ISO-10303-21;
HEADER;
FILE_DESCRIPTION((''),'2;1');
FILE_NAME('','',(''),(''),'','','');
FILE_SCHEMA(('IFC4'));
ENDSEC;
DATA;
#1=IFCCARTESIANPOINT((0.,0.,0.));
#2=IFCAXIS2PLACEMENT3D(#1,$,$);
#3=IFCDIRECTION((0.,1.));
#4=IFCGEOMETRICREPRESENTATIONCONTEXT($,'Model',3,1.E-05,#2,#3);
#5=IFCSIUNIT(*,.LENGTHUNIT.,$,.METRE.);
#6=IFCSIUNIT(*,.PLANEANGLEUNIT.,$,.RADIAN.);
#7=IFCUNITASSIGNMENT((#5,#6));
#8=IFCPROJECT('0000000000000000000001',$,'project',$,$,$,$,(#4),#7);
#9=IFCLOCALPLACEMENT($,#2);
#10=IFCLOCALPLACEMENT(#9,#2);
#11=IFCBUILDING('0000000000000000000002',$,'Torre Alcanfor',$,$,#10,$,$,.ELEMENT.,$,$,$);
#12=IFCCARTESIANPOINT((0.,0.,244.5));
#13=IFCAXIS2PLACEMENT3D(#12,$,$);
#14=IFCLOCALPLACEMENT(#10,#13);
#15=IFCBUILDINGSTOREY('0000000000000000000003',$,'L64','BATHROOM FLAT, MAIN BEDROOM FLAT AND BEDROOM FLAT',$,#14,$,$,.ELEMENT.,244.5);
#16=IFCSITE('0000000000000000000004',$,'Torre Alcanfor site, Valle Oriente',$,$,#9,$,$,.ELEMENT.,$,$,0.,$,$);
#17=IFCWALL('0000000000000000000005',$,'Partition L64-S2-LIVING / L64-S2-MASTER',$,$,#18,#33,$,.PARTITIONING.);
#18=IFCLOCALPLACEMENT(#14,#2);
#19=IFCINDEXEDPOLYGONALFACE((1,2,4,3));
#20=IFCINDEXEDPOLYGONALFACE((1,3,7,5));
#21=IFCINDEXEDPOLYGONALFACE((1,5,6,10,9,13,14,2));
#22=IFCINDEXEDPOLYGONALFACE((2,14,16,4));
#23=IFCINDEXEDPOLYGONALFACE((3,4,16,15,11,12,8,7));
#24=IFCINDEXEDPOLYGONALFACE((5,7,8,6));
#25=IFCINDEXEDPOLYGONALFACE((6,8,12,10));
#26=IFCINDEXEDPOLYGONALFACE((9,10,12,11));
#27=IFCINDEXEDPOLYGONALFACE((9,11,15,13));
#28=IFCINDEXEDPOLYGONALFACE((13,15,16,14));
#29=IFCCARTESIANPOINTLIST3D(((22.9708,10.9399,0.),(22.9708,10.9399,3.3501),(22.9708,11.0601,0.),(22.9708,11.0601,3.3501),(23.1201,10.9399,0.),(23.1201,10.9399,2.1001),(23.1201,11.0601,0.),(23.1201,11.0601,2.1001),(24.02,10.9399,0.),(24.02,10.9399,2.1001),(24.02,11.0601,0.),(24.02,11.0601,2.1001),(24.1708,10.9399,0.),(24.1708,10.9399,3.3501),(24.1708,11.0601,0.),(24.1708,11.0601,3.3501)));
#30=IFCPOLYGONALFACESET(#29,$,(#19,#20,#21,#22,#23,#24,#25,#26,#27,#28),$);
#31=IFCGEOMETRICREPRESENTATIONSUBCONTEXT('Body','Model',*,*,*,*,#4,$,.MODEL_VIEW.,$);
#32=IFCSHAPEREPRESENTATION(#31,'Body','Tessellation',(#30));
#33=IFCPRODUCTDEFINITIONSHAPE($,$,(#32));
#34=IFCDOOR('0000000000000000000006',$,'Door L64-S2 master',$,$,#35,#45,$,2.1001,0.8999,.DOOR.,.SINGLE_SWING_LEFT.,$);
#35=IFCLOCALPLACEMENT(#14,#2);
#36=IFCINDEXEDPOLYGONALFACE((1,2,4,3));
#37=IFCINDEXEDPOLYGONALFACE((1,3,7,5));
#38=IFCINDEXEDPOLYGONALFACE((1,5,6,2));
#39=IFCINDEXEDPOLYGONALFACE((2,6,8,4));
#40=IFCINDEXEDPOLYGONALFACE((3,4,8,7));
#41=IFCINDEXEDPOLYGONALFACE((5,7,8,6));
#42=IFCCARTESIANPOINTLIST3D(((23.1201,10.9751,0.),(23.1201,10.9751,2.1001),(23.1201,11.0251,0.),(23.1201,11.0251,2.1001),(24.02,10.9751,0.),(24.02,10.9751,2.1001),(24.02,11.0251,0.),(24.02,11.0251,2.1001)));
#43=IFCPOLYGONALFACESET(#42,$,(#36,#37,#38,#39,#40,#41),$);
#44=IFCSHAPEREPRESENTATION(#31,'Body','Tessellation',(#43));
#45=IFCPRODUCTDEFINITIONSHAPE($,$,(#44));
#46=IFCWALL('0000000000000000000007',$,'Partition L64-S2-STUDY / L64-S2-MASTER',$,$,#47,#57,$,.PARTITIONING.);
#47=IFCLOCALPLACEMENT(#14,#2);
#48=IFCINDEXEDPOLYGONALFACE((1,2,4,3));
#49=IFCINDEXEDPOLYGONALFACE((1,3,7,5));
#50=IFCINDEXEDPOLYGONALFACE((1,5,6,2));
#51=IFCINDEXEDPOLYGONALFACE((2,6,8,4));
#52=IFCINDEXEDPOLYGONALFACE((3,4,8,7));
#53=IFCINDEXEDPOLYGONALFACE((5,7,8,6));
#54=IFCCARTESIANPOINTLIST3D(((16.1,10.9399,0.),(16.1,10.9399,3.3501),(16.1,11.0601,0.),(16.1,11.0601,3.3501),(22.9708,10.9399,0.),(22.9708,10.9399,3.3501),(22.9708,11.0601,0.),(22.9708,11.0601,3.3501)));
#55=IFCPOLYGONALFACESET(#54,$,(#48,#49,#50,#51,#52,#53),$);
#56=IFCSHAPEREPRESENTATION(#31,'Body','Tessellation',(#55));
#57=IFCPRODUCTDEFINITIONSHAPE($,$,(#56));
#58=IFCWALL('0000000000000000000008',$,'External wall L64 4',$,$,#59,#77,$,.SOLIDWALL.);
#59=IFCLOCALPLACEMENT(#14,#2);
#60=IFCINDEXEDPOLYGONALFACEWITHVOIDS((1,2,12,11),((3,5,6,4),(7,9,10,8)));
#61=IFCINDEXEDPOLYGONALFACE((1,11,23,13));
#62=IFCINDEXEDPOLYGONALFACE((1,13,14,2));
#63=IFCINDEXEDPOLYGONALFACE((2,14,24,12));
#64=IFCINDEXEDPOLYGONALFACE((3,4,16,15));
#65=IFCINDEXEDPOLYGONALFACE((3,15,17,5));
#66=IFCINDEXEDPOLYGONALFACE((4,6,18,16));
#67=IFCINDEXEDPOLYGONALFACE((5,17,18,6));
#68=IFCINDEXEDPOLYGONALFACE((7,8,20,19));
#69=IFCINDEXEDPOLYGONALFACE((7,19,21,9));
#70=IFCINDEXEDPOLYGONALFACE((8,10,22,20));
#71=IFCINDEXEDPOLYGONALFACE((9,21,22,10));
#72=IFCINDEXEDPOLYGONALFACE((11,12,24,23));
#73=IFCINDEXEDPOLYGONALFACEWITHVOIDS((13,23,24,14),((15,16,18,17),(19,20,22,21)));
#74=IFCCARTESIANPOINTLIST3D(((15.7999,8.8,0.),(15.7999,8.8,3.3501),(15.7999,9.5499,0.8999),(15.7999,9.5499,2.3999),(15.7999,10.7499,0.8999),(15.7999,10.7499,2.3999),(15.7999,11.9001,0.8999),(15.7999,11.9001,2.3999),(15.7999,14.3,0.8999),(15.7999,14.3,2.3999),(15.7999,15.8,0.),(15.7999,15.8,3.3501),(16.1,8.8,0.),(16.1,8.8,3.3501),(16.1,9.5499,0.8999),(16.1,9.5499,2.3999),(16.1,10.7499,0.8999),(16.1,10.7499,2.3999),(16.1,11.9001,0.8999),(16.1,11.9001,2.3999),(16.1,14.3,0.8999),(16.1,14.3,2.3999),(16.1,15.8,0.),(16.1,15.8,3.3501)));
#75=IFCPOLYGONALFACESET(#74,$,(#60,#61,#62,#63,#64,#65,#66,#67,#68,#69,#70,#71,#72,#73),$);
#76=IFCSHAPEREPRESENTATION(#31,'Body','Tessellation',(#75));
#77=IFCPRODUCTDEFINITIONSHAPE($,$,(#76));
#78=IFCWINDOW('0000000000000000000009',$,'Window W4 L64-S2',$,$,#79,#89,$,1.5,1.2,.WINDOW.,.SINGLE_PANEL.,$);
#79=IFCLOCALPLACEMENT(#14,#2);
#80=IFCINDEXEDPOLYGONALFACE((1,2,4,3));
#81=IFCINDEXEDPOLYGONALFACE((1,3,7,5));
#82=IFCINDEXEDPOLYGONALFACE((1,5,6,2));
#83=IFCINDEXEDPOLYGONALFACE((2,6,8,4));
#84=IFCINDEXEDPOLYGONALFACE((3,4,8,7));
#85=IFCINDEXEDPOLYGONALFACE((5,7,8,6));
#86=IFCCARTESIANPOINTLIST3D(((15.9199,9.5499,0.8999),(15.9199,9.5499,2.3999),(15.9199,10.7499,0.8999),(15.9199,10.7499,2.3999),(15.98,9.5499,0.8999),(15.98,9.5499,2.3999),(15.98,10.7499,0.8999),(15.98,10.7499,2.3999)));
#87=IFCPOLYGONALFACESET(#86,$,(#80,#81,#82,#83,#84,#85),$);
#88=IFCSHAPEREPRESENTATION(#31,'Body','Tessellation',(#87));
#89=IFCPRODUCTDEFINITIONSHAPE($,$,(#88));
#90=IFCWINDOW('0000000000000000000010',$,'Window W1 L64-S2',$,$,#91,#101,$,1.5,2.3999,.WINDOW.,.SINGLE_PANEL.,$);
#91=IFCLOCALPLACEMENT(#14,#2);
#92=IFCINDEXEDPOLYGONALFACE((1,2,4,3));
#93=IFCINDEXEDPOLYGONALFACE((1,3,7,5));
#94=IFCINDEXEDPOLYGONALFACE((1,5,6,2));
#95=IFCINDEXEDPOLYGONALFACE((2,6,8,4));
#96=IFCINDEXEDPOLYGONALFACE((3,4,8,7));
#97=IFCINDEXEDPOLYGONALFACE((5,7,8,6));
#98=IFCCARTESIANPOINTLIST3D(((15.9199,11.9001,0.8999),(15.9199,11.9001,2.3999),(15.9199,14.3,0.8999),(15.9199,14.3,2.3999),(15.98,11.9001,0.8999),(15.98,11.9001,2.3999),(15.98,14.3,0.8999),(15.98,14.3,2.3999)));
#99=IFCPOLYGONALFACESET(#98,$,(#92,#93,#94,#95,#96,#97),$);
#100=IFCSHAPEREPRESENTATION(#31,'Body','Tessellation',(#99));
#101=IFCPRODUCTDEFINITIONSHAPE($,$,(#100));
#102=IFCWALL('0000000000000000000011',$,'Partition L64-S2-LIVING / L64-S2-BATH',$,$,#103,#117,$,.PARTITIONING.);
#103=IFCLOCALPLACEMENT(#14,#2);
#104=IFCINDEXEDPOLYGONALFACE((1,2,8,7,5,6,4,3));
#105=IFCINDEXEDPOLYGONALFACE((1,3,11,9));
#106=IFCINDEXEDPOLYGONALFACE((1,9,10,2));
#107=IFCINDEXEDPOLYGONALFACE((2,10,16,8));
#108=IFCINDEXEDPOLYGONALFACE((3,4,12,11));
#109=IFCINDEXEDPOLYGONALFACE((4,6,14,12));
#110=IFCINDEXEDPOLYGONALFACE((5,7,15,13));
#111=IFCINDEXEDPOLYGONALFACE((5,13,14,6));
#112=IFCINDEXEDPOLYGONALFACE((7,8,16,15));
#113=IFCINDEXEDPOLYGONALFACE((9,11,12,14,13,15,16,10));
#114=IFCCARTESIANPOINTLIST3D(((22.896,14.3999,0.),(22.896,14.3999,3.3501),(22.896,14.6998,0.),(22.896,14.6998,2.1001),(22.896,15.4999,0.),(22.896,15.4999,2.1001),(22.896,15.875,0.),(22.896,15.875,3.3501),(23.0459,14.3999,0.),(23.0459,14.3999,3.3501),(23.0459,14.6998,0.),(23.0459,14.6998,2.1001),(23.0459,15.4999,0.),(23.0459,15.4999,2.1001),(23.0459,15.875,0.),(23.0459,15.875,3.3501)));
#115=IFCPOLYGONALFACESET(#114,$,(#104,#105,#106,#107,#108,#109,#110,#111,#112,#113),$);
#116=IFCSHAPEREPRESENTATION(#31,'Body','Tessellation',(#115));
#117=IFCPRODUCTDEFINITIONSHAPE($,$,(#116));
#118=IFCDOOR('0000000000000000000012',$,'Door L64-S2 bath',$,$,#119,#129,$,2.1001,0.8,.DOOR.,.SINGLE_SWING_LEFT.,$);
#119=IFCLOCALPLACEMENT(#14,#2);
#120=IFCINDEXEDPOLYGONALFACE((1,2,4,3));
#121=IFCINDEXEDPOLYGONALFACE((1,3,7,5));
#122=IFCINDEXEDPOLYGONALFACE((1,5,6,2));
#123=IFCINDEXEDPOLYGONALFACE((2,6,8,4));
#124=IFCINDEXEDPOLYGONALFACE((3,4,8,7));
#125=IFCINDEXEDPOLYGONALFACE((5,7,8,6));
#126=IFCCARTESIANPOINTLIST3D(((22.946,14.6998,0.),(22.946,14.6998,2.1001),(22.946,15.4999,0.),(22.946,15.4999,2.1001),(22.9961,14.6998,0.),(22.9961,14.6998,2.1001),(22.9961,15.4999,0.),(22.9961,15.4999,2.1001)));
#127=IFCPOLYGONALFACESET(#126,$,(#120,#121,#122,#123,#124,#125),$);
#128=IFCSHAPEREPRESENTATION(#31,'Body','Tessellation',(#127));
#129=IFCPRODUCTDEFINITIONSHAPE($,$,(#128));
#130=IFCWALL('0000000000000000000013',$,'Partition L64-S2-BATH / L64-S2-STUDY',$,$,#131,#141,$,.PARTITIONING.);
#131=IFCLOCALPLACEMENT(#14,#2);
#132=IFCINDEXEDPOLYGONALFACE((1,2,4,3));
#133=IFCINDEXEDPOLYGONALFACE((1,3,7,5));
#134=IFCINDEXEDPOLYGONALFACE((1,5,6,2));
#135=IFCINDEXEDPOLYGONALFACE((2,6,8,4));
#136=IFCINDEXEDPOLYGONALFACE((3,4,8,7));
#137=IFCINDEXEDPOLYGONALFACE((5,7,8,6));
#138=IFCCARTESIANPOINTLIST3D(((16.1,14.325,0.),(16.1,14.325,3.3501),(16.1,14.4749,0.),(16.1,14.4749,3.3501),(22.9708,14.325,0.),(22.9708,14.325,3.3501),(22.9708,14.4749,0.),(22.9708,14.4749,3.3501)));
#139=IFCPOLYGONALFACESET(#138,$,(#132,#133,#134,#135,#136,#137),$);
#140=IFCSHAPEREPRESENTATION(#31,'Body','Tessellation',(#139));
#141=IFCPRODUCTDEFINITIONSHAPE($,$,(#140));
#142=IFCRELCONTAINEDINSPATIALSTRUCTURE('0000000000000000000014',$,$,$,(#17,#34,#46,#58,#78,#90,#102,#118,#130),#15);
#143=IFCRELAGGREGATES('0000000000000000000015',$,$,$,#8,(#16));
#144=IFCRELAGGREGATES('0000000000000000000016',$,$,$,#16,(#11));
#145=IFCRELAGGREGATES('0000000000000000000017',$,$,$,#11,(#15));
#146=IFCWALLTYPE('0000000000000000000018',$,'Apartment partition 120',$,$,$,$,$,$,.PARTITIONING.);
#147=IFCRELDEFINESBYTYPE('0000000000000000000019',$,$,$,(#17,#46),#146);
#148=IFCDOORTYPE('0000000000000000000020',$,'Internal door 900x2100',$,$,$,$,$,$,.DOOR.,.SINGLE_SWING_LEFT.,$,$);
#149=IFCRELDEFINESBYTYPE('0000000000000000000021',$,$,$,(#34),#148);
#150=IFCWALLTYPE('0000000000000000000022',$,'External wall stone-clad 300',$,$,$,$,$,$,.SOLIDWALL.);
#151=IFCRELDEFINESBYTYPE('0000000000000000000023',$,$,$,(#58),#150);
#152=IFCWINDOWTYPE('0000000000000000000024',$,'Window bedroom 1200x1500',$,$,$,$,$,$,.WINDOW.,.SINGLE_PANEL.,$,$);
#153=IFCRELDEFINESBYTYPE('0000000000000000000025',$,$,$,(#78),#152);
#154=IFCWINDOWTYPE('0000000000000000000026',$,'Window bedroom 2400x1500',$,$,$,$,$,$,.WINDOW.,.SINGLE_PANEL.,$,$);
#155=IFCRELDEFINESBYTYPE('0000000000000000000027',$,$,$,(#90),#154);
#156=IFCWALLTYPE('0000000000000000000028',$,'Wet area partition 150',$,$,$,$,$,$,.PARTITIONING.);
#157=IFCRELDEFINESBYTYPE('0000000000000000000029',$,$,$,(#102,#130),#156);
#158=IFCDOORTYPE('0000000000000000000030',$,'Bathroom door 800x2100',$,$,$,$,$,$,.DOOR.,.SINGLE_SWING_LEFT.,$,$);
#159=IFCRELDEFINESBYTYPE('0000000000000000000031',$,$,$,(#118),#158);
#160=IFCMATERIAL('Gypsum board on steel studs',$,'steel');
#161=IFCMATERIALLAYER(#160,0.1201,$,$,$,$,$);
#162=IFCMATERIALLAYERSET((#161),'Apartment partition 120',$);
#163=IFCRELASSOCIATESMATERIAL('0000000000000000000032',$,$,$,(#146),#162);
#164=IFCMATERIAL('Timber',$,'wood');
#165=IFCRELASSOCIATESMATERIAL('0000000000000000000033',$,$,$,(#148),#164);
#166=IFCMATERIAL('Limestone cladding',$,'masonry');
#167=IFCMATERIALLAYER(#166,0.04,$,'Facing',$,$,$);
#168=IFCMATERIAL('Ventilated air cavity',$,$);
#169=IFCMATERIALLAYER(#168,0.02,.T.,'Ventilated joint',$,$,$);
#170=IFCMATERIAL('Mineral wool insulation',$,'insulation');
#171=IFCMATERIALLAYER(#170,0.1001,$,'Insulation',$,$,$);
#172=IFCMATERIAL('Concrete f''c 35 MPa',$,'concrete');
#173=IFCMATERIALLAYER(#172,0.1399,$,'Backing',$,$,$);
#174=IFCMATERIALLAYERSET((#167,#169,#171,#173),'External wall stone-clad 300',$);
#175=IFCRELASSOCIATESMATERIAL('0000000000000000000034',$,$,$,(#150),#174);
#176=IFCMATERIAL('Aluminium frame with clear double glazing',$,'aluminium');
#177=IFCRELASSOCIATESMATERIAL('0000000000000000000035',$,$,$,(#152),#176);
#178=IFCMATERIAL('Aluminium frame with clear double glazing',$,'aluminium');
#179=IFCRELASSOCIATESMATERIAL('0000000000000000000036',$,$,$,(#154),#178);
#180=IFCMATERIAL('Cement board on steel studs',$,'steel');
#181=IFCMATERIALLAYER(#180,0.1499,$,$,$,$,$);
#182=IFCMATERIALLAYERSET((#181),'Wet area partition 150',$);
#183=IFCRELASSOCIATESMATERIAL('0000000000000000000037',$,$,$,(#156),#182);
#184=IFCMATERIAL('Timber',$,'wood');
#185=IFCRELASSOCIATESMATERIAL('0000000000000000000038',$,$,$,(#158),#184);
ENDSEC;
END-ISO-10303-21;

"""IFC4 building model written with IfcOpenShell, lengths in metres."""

from ifc_helpers import new_model, si_unit, direction, frame, frame_2d, origin, place, context, subcontext, project, spatial, rectangle, extrude, material, layer, layer_set, type_object, element, fill, save


model = new_model("IFC4")

# Units and contexts
model_context = context("Model", 3, precision=1e-05, world=origin(), true_north=direction((0.0, 1.0)))
body_context = subcontext(model_context, "Body", "Model", "MODEL_VIEW")
ifc_project = project(units=[si_unit("LENGTHUNIT", "METRE"), si_unit("PLANEANGLEUNIT", "RADIAN")], contexts=[model_context])

# Site, building, storey
site_placement = place(None, origin())
site = spatial("IfcSite", under=ifc_project, at=site_placement, Name="Torre Alcanfor site, Valle Oriente", CompositionType="ELEMENT", RefElevation=0.0)
building_placement = place(site_placement, origin())
building = spatial("IfcBuilding", under=site, at=building_placement, Name="Torre Alcanfor", CompositionType="ELEMENT")
storey_placement = place(building_placement, frame((0.0, 0.0, 244.5)))
storey = spatial("IfcBuildingStorey", under=building, at=storey_placement, Name="L64", Description="BATHROOM FLAT, MAIN BEDROOM FLAT AND BEDROOM FLAT", CompositionType="ELEMENT", Elevation=244.5)

# Shared definitions
ifc_material_1 = material(Name="Gypsum board on steel studs", Category="steel")
ifc_layer_1 = layer(ifc_material_1, 0.1201)
ifc_layer_set_1 = layer_set([ifc_layer_1], Name="Apartment partition 120")
wall_type_1 = type_object("IfcWallType", Name="Apartment partition 120", PredefinedType="PARTITIONING", material=ifc_layer_set_1)
ifc_material_2 = material(Name="Timber", Category="wood")
door_type_1 = type_object("IfcDoorType", Name="Internal door 900x2100", OperationType="SINGLE_SWING_LEFT", PredefinedType="DOOR", material=ifc_material_2)

# Wall, opening, door
wall_1_placement = place(storey_placement, frame((24.1709, 11.0, 0.0), z_axis=(0.0, 0.0, 1.0), x_axis=(-1.0, 0.0, 0.0)))
wall_1 = element("IfcWall", 1, at=wall_1_placement, inside=storey, type_object=wall_type_1, Name="Partition L64-S2-LIVING / L64-S2-MASTER", PredefinedType="PARTITIONING", context=body_context, shape_type="SweptSolid", body=[
    extrude(rectangle(XDim=1.2, YDim=0.1201, at=frame_2d((0.6001, 0.0))), origin(), (0.0, 0.0, 1.0), 3.3501),
])
opening_1_placement = place(wall_1_placement, frame((0.1509, 0.0, 0.0)))
opening_1 = element("IfcOpeningElement", 2, at=opening_1_placement, cuts=wall_1, PredefinedType="OPENING", context=body_context, shape_type="SweptSolid", body=[
    extrude(rectangle(XDim=0.8999, YDim=2.1001, at=frame_2d((0.45, 1.05))), frame((0.0, 0.0701, 0.0), z_axis=(0.0, -1.0, 0.0), x_axis=(1.0, 0.0, 0.0)), (0.0, 0.0, 1.0), 0.1401),
])
door_1_placement = place(opening_1_placement, origin())
door_1 = element("IfcDoor", 3, at=door_1_placement, inside=storey, type_object=door_type_1, Name="Door L64-S2 master", OperationType="SINGLE_SWING_LEFT", OverallHeight=2.1001, OverallWidth=0.8999, PredefinedType="DOOR", context=body_context, shape_type="SweptSolid", body=[
    extrude(rectangle(XDim=0.8999, YDim=2.1001, at=frame_2d((0.45, 1.05))), frame((0.0, 0.0249, 0.0), z_axis=(0.0, -1.0, 0.0), x_axis=(1.0, 0.0, 0.0)), (0.0, 0.0, 1.0), 0.05),
])
fill(opening_1, door_1)

# Wall
wall_2_placement = place(storey_placement, frame((22.9709, 11.0, 0.0), z_axis=(0.0, 0.0, 1.0), x_axis=(-1.0, 0.0, 0.0)))
element("IfcWall", 4, at=wall_2_placement, inside=storey, type_object=wall_type_1, Name="Partition L64-S2-STUDY / L64-S2-MASTER", PredefinedType="PARTITIONING", context=body_context, shape_type="SweptSolid", body=[
    extrude(rectangle(XDim=6.8708, YDim=0.1201, at=frame_2d((3.4355, 0.0))), origin(), (0.0, 0.0, 1.0), 3.3501),
])

# Wall, openings, windows
ifc_material_3 = material(Name="Limestone cladding", Category="masonry")
ifc_layer_2 = layer(ifc_material_3, 0.04, Name="Facing")
ifc_material_4 = material(Name="Ventilated air cavity")
ifc_layer_3 = layer(ifc_material_4, 0.02, ventilated=True, Name="Ventilated joint")
ifc_material_5 = material(Name="Mineral wool insulation", Category="insulation")
ifc_layer_4 = layer(ifc_material_5, 0.1001, Name="Insulation")
ifc_material_6 = material(Name="Concrete f'c 35 MPa", Category="concrete")
ifc_layer_5 = layer(ifc_material_6, 0.1399, Name="Backing")
ifc_layer_set_2 = layer_set([ifc_layer_2, ifc_layer_3, ifc_layer_4, ifc_layer_5], Name="External wall stone-clad 300")
wall_type_2 = type_object("IfcWallType", Name="External wall stone-clad 300", PredefinedType="SOLIDWALL", material=ifc_layer_set_2)
wall_3_placement = place(storey_placement, frame((15.95, 15.8, 0.0), z_axis=(0.0, 0.0, 1.0), x_axis=(0.0, -1.0, 0.0)))
wall_3 = element("IfcWall", 5, at=wall_3_placement, inside=storey, type_object=wall_type_2, Name="External wall L64 4", PredefinedType="SOLIDWALL", context=body_context, shape_type="SweptSolid", body=[
    extrude(rectangle(XDim=7.0, YDim=0.3, at=frame_2d((3.5, 0.0))), origin(), (0.0, 0.0, 1.0), 3.3501),
])
opening_2_placement = place(wall_3_placement, frame((1.5, 0.0, 0.8999)))
opening_2 = element("IfcOpeningElement", 6, at=opening_2_placement, cuts=wall_3, PredefinedType="OPENING", context=body_context, shape_type="SweptSolid", body=[
    extrude(rectangle(XDim=2.3999, YDim=1.5, at=frame_2d((1.2, 0.75))), frame((0.0, 0.1599, 0.0), z_axis=(0.0, -1.0, 0.0), x_axis=(1.0, 0.0, 0.0)), (0.0, 0.0, 1.0), 0.3201),
])
opening_3_placement = place(wall_3_placement, frame((5.05, 0.0, 0.8999)))
opening_3 = element("IfcOpeningElement", 7, at=opening_3_placement, cuts=wall_3, PredefinedType="OPENING", context=body_context, shape_type="SweptSolid", body=[
    extrude(rectangle(XDim=1.2, YDim=1.5, at=frame_2d((0.6001, 0.75))), frame((0.0, 0.1599, 0.0), z_axis=(0.0, -1.0, 0.0), x_axis=(1.0, 0.0, 0.0)), (0.0, 0.0, 1.0), 0.3201),
])
ifc_material_7 = material(Name="Aluminium frame with clear double glazing", Category="aluminium")
window_type_1 = type_object("IfcWindowType", Name="Window bedroom 1200x1500", PartitioningType="SINGLE_PANEL", PredefinedType="WINDOW", material=ifc_material_7)
window_1_placement = place(opening_3_placement, origin())
window_1 = element("IfcWindow", 8, at=window_1_placement, inside=storey, type_object=window_type_1, Name="Window W4 L64-S2", OverallHeight=1.5, OverallWidth=1.2, PartitioningType="SINGLE_PANEL", PredefinedType="WINDOW", context=body_context, shape_type="SweptSolid", body=[
    extrude(rectangle(XDim=1.2, YDim=1.5, at=frame_2d((0.6001, 0.75))), frame((0.0, 0.03, 0.0), z_axis=(0.0, -1.0, 0.0), x_axis=(1.0, 0.0, 0.0)), (0.0, 0.0, 1.0), 0.0601),
])
fill(opening_3, window_1)
ifc_material_8 = material(Name="Aluminium frame with clear double glazing", Category="aluminium")
window_type_2 = type_object("IfcWindowType", Name="Window bedroom 2400x1500", PartitioningType="SINGLE_PANEL", PredefinedType="WINDOW", material=ifc_material_8)
window_2_placement = place(opening_2_placement, origin())
window_2 = element("IfcWindow", 9, at=window_2_placement, inside=storey, type_object=window_type_2, Name="Window W1 L64-S2", OverallHeight=1.5, OverallWidth=2.3999, PartitioningType="SINGLE_PANEL", PredefinedType="WINDOW", context=body_context, shape_type="SweptSolid", body=[
    extrude(rectangle(XDim=2.3999, YDim=1.5, at=frame_2d((1.2, 0.75))), frame((0.0, 0.03, 0.0), z_axis=(0.0, -1.0, 0.0), x_axis=(1.0, 0.0, 0.0)), (0.0, 0.0, 1.0), 0.0601),
])
fill(opening_2, window_2)

# Wall, opening, door
ifc_material_9 = material(Name="Cement board on steel studs", Category="steel")
ifc_layer_6 = layer(ifc_material_9, 0.1499)
ifc_layer_set_3 = layer_set([ifc_layer_6], Name="Wet area partition 150")
wall_type_3 = type_object("IfcWallType", Name="Wet area partition 150", PredefinedType="PARTITIONING", material=ifc_layer_set_3)
wall_4_placement = place(storey_placement, frame((22.9709, 14.3999, 0.0), z_axis=(0.0, 0.0, 1.0), x_axis=(0.0, 1.0, 0.0)))
wall_4 = element("IfcWall", 10, at=wall_4_placement, inside=storey, type_object=wall_type_3, Name="Partition L64-S2-LIVING / L64-S2-BATH", PredefinedType="PARTITIONING", context=body_context, shape_type="SweptSolid", body=[
    extrude(rectangle(XDim=1.4751, YDim=0.1499, at=frame_2d((0.7375, 0.0))), origin(), (0.0, 0.0, 1.0), 3.3501),
])
opening_4_placement = place(wall_4_placement, frame((0.3, 0.0, 0.0)))
opening_4 = element("IfcOpeningElement", 11, at=opening_4_placement, cuts=wall_4, PredefinedType="OPENING", context=body_context, shape_type="SweptSolid", body=[
    extrude(rectangle(XDim=0.8, YDim=2.1001, at=frame_2d((0.3999, 1.05))), frame((0.0, 0.085, 0.0), z_axis=(0.0, -1.0, 0.0), x_axis=(1.0, 0.0, 0.0)), (0.0, 0.0, 1.0), 0.1699),
])
ifc_material_10 = material(Name="Timber", Category="wood")
door_type_2 = type_object("IfcDoorType", Name="Bathroom door 800x2100", OperationType="SINGLE_SWING_LEFT", PredefinedType="DOOR", material=ifc_material_10)
door_2_placement = place(opening_4_placement, origin())
door_2 = element("IfcDoor", 12, at=door_2_placement, inside=storey, type_object=door_type_2, Name="Door L64-S2 bath", OperationType="SINGLE_SWING_LEFT", OverallHeight=2.1001, OverallWidth=0.8, PredefinedType="DOOR", context=body_context, shape_type="SweptSolid", body=[
    extrude(rectangle(XDim=0.8, YDim=2.1001, at=frame_2d((0.3999, 1.05))), frame((0.0, 0.0249, 0.0), z_axis=(0.0, -1.0, 0.0), x_axis=(1.0, 0.0, 0.0)), (0.0, 0.0, 1.0), 0.05),
])
fill(opening_4, door_2)

# Wall
wall_5_placement = place(storey_placement, frame((22.9709, 14.3999, 0.0), z_axis=(0.0, 0.0, 1.0), x_axis=(-1.0, 0.0, 0.0)))
element("IfcWall", 13, at=wall_5_placement, inside=storey, type_object=wall_type_3, Name="Partition L64-S2-BATH / L64-S2-STUDY", PredefinedType="PARTITIONING", context=body_context, shape_type="SweptSolid", body=[
    extrude(rectangle(XDim=6.8708, YDim=0.1499, at=frame_2d((3.4355, 0.0))), origin(), (0.0, 0.0, 1.0), 3.3501),
])

save(model, "model.ifc")
